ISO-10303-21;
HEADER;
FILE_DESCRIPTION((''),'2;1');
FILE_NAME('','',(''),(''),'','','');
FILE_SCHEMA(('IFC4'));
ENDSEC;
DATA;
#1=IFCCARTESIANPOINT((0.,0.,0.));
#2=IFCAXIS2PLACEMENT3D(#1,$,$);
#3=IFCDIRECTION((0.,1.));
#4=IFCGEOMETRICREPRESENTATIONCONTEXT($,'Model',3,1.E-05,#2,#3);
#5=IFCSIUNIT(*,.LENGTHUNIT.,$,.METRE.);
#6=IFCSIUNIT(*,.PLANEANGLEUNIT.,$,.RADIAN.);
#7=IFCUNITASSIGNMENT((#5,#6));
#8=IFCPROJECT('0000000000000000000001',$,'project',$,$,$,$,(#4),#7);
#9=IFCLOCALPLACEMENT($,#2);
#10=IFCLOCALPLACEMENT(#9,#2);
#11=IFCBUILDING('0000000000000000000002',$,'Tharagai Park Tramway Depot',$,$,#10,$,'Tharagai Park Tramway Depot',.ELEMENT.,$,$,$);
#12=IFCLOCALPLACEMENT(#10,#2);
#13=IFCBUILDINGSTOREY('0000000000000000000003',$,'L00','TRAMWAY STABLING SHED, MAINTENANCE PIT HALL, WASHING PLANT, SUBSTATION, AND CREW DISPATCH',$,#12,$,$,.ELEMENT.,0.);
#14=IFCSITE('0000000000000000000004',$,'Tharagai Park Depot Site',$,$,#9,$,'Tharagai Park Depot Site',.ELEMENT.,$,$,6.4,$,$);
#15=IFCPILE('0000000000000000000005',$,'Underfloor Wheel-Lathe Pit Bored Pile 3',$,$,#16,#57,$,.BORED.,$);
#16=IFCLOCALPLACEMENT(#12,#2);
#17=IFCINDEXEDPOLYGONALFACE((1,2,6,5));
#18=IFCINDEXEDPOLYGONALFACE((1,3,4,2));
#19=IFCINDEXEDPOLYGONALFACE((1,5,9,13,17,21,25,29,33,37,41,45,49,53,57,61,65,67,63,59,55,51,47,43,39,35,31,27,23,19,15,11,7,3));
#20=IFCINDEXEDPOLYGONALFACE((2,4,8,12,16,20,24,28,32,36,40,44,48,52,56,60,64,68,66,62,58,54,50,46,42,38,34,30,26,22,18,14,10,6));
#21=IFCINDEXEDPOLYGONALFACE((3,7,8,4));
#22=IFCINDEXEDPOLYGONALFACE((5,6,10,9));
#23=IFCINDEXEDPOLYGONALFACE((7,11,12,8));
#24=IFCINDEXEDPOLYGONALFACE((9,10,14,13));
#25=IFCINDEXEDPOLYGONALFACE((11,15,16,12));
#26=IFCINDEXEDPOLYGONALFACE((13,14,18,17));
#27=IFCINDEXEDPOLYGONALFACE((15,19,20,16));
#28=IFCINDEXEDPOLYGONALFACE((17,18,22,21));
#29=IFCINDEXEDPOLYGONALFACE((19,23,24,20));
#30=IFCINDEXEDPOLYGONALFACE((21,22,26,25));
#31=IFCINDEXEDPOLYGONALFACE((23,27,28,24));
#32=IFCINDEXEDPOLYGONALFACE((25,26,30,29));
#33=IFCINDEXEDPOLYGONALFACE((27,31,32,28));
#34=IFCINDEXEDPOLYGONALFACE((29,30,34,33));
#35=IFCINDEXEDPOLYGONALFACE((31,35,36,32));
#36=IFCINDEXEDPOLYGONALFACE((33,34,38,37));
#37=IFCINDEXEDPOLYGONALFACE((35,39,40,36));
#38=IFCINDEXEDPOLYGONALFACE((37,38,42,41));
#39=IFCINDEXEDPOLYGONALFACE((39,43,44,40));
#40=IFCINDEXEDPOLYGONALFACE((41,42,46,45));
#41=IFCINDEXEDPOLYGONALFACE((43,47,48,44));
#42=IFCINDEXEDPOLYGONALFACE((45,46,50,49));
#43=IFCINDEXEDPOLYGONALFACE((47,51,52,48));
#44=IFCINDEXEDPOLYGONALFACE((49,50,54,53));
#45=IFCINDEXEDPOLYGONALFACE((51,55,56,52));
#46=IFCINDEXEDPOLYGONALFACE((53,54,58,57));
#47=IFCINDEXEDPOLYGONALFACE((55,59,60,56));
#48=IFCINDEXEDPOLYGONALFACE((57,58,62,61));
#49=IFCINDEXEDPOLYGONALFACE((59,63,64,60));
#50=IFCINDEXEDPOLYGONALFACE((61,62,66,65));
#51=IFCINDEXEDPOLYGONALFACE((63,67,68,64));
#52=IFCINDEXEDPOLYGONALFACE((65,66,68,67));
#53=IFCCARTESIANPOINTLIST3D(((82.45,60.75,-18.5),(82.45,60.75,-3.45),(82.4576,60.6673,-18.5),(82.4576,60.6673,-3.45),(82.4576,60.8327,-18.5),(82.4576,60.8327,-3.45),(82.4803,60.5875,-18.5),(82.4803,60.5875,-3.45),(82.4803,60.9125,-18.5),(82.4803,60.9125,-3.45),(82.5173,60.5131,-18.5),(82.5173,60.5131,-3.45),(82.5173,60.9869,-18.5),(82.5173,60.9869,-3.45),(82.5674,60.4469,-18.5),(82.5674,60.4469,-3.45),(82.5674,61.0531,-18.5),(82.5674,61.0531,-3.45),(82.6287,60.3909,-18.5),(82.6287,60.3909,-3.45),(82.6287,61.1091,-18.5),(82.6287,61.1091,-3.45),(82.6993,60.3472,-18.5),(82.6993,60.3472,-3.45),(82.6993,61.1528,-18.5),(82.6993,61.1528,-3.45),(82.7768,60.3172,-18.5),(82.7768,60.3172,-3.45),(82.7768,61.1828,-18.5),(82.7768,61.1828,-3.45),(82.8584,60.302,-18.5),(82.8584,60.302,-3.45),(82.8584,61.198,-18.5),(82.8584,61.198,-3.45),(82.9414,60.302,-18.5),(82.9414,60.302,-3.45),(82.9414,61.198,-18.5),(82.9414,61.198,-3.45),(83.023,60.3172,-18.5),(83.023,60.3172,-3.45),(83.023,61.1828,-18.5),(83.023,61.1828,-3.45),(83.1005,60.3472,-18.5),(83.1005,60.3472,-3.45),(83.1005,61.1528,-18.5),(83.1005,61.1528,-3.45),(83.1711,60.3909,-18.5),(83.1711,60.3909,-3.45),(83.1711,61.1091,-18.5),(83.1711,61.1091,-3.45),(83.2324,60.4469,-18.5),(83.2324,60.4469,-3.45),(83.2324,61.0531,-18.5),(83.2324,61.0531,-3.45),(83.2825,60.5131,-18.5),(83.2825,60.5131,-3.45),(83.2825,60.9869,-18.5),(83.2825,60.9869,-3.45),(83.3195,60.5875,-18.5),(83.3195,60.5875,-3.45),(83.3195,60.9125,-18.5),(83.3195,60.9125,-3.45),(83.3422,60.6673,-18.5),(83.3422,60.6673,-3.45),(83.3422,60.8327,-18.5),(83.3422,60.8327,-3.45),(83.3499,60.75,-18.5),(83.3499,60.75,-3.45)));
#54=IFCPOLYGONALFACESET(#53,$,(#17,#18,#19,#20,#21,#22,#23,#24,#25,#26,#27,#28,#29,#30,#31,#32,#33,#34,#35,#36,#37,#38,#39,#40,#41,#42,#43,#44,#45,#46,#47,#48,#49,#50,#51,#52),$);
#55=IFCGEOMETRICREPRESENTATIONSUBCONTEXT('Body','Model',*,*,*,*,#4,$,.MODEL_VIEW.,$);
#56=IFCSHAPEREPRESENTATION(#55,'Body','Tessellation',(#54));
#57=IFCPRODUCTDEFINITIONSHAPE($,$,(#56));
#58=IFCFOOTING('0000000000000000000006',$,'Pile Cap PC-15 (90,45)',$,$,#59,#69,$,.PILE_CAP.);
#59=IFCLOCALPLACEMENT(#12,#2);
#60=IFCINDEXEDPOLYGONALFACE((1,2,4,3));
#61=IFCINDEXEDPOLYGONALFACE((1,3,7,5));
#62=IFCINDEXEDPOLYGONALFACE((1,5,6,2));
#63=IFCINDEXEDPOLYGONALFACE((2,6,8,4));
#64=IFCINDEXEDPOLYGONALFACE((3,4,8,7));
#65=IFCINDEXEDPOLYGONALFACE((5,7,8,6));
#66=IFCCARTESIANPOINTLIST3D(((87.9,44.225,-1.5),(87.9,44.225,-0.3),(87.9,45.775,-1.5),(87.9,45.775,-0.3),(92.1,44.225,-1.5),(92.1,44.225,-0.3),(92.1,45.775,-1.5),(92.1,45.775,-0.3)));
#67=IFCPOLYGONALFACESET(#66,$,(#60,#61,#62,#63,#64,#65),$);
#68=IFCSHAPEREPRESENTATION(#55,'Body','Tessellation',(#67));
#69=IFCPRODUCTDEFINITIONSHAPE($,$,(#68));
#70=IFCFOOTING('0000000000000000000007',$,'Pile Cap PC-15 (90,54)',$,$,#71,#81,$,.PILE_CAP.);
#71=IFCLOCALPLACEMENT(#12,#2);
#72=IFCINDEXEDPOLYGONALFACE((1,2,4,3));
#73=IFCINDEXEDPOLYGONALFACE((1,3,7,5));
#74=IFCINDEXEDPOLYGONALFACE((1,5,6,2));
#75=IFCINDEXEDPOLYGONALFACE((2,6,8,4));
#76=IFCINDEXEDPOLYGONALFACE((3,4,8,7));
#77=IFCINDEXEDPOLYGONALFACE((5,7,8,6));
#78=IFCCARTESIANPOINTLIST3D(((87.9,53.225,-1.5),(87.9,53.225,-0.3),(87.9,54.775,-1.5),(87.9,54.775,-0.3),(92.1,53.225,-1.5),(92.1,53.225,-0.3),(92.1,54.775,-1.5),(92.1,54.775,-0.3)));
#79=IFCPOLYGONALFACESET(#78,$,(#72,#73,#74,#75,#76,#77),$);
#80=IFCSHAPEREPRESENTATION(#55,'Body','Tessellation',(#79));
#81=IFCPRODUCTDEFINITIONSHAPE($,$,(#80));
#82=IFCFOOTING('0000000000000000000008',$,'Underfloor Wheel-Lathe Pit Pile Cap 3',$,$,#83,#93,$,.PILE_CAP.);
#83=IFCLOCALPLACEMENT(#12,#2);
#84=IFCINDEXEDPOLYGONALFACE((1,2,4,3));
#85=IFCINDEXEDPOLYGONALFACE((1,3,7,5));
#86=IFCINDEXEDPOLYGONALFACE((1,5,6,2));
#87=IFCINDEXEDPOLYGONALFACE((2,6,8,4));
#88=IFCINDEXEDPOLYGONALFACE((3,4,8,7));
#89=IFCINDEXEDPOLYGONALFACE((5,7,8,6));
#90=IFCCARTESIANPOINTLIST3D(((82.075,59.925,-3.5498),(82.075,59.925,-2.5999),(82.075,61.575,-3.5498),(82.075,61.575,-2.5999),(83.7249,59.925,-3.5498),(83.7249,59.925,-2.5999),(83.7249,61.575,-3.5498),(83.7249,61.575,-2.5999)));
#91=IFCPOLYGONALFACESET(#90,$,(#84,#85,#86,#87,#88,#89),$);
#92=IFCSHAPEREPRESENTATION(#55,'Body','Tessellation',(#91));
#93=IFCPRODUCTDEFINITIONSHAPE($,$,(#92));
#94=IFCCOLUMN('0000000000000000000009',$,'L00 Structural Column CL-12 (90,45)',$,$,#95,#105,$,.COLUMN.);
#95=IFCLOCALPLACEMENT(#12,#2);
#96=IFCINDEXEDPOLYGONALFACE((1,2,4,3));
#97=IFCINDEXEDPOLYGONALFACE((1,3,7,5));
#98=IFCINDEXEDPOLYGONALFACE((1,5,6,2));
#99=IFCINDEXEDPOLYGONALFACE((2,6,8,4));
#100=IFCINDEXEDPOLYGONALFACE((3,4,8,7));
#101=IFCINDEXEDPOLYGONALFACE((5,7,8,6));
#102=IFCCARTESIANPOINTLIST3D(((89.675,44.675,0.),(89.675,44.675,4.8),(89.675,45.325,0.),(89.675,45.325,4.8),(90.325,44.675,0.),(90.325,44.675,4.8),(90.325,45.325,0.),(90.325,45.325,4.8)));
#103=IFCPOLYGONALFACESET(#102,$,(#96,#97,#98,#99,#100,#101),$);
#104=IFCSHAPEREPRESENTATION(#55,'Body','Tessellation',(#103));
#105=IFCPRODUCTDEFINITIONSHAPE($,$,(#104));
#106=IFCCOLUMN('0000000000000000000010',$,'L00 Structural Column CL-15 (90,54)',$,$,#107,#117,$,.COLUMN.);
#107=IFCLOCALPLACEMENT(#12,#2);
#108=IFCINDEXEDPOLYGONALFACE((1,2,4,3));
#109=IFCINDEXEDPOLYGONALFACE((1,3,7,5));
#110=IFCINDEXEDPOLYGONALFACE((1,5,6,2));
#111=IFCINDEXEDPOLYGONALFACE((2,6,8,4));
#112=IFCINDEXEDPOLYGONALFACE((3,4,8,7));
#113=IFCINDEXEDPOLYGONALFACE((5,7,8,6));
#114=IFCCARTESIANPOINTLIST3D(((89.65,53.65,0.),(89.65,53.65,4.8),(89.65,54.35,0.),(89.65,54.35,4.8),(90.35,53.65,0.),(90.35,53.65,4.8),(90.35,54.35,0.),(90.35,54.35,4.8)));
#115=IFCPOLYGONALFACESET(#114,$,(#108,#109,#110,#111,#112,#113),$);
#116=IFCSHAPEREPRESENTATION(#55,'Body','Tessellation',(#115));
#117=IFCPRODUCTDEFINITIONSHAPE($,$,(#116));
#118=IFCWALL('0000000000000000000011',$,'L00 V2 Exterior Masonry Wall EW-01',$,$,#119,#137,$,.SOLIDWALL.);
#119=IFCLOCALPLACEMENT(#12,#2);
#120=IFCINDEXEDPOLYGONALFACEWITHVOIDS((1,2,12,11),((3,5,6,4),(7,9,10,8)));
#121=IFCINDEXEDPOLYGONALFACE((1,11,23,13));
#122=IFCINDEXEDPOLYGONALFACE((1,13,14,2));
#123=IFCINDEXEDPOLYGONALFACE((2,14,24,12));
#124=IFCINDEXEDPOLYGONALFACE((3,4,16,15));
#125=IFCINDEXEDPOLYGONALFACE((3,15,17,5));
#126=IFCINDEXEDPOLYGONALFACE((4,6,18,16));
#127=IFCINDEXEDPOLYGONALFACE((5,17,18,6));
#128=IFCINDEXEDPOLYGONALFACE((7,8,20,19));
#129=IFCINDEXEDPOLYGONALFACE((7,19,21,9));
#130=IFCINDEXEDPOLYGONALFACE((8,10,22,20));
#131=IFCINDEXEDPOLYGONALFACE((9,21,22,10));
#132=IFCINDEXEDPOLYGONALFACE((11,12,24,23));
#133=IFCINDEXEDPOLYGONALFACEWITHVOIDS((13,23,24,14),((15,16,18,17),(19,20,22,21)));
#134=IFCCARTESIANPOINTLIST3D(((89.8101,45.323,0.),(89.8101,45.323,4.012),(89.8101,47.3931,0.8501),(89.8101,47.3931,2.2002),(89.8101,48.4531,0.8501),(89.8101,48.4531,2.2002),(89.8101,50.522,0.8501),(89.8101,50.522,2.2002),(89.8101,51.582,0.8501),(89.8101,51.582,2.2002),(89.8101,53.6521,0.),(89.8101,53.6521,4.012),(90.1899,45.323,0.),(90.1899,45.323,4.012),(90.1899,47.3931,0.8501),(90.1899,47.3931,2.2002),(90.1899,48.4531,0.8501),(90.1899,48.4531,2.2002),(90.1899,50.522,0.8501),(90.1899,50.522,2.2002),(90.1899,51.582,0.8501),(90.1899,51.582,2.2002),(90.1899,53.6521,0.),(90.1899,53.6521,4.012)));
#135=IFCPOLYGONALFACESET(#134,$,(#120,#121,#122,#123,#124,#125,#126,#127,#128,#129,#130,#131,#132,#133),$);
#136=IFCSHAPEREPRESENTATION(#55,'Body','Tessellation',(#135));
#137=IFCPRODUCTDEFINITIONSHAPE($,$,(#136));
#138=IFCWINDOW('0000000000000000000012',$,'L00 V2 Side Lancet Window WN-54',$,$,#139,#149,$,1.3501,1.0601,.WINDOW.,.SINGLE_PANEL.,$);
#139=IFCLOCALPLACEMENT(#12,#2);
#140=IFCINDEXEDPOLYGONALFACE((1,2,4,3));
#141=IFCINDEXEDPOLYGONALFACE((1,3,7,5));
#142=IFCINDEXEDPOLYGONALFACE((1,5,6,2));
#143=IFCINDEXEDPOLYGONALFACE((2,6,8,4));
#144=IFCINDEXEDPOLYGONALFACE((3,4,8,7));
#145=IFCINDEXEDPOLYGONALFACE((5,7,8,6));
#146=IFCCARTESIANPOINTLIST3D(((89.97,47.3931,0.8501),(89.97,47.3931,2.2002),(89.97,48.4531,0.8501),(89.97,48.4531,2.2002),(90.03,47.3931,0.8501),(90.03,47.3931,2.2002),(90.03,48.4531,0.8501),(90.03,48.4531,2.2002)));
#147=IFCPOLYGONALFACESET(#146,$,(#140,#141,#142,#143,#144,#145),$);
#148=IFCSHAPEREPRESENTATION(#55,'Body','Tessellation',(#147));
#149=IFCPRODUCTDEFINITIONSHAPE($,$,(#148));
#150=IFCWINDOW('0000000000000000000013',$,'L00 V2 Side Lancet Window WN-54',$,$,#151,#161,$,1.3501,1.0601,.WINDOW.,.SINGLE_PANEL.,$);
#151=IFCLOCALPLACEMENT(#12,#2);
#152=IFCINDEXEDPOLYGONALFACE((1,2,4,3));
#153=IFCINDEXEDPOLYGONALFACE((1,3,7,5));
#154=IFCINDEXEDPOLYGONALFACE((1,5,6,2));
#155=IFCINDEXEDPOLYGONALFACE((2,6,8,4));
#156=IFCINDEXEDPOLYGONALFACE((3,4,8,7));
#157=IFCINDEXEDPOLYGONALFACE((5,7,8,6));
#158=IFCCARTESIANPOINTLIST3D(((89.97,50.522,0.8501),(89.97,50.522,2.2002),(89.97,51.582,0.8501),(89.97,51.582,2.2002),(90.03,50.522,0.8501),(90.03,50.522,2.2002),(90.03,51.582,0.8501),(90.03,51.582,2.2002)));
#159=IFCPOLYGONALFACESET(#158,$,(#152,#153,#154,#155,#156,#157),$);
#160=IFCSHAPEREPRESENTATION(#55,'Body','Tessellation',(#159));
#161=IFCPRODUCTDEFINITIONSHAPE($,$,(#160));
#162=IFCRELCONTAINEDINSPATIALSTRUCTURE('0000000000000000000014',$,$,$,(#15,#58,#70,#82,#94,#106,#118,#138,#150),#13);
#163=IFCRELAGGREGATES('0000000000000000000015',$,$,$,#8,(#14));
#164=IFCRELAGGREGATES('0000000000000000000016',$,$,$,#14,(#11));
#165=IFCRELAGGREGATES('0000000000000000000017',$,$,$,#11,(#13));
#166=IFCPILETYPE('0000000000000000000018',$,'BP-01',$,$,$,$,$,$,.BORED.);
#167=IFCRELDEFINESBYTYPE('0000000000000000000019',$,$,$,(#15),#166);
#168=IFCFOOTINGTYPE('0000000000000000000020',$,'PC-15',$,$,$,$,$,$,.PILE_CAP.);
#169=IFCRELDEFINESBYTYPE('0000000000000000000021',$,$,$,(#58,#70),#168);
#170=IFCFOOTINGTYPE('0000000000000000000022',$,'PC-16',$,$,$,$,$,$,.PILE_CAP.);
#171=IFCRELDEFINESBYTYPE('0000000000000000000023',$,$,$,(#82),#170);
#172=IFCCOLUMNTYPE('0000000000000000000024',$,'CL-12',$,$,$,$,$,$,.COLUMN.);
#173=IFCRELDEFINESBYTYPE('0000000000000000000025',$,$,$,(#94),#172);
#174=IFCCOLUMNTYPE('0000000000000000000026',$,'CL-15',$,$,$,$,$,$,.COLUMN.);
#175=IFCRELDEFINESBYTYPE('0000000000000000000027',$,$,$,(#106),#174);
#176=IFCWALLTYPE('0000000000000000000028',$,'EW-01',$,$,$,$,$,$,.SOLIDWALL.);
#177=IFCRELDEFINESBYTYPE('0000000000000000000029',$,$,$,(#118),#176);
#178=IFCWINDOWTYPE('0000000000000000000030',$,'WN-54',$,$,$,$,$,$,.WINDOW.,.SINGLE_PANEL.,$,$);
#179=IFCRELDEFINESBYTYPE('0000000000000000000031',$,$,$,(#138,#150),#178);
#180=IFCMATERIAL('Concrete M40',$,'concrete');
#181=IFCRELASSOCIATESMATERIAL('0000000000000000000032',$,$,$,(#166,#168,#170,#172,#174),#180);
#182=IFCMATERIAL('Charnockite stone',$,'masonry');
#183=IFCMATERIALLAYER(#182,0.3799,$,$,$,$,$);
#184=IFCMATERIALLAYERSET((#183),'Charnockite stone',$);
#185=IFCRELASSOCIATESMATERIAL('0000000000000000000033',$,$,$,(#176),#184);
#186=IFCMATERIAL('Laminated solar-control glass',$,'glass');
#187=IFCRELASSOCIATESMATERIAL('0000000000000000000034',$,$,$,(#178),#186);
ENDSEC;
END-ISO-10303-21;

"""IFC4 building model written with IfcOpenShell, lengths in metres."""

from ifc_helpers import new_model, si_unit, direction, frame, frame_2d, origin, origin_2d, place, context, subcontext, project, spatial, rectangle, circle, extrude, material, layer, layer_set, material_profile, profile_set, type_object, element, fill, save


model = new_model("IFC4")

# Units and contexts
model_context = context("Model", 3, precision=1e-05, world=origin(), true_north=direction((0.0, 1.0)))
body_context = subcontext(model_context, "Body", "Model", "MODEL_VIEW")
ifc_project = project(units=[si_unit("LENGTHUNIT", "METRE"), si_unit("PLANEANGLEUNIT", "RADIAN")], contexts=[model_context])

# Site, building, storey
site_placement = place(None, origin())
site = spatial("IfcSite", under=ifc_project, at=site_placement, Name="Tharagai Park Depot Site", LongName="Tharagai Park Depot Site", CompositionType="ELEMENT", RefElevation=6.4)
building_placement = place(site_placement, origin())
building = spatial("IfcBuilding", under=site, at=building_placement, Name="Tharagai Park Tramway Depot", LongName="Tharagai Park Tramway Depot", CompositionType="ELEMENT")
storey_placement = place(building_placement, origin())
storey = spatial("IfcBuildingStorey", under=building, at=storey_placement, Name="L00", Description="TRAMWAY STABLING SHED, MAINTENANCE PIT HALL, WASHING PLANT, SUBSTATION, AND CREW DISPATCH", CompositionType="ELEMENT", Elevation=0.0)

# Pile
ifc_material_1 = material(Name="Concrete M40", Category="concrete")
ifc_material_profile_1 = material_profile(ifc_material_1, circle(Radius=0.45, at=origin_2d()), Name="PILE D900")
ifc_profile_set_1 = profile_set([ifc_material_profile_1], Name="Concrete M40")
pile_type = type_object("IfcPileType", Name="BP-01", PredefinedType="BORED", material=ifc_profile_set_1)
pile_placement = place(storey_placement, frame((82.8999, 60.75, -3.45), z_axis=(0.0, 0.0, -1.0), x_axis=(1.0, 0.0, 0.0)))
element("IfcPile", 1, at=pile_placement, inside=storey, type_object=pile_type, Name="Underfloor Wheel-Lathe Pit Bored Pile 3", PredefinedType="BORED", context=body_context, shape_type="SweptSolid", body=[
    extrude(circle(Radius=0.45, at=origin_2d()), origin(), (0.0, 0.0, 1.0), 15.05),
])

# Footings
footing_type_1 = type_object("IfcFootingType", Name="PC-15", PredefinedType="PILE_CAP", material=ifc_material_1)
for number, where, z_axis, x_axis, name in (
    (2, (90.0, 45.0, -1.5), (0.0, 0.0, 1.0), (1.0, 0.0, 0.0), "Pile Cap PC-15 (90,45)"),
    (3, (90.0, 54.0, -1.5), (0.0, 0.0, 1.0), (1.0, 0.0, 0.0), "Pile Cap PC-15 (90,54)"),
):
    element("IfcFooting", number, at=place(storey_placement, frame(where, z_axis=z_axis, x_axis=x_axis)), inside=storey, type_object=footing_type_1, Name=name, PredefinedType="PILE_CAP", context=body_context, shape_type="SweptSolid", body=[
        extrude(rectangle(XDim=4.2, YDim=1.55, at=origin_2d()), origin(), (0.0, 0.0, 1.0), 1.2),
    ])
footing_type_2 = type_object("IfcFootingType", Name="PC-16", PredefinedType="PILE_CAP", material=ifc_material_1)
footing_placement = place(storey_placement, frame((82.8999, 60.75, -3.5498), z_axis=(0.0, 0.0, 1.0), x_axis=(1.0, 0.0, 0.0)))
element("IfcFooting", 4, at=footing_placement, inside=storey, type_object=footing_type_2, Name="Underfloor Wheel-Lathe Pit Pile Cap 3", PredefinedType="PILE_CAP", context=body_context, shape_type="SweptSolid", body=[
    extrude(rectangle(XDim=1.6499, YDim=1.6499, at=origin_2d()), origin(), (0.0, 0.0, 1.0), 0.95),
])

# Columns
ifc_material_profile_2 = material_profile(ifc_material_1, rectangle(XDim=0.6499, YDim=0.6499, at=origin_2d()), Name="RC 650x650")
ifc_profile_set_2 = profile_set([ifc_material_profile_2], Name="Concrete M40")
column_type_1 = type_object("IfcColumnType", Name="CL-12", PredefinedType="COLUMN", material=ifc_profile_set_2)
column_1_placement = place(storey_placement, frame((90.0, 45.0, 0.0), z_axis=(0.0, 0.0, 1.0), x_axis=(1.0, 0.0, 0.0)))
element("IfcColumn", 5, at=column_1_placement, inside=storey, type_object=column_type_1, Name="L00 Structural Column CL-12 (90,45)", PredefinedType="COLUMN", context=body_context, shape_type="SweptSolid", body=[
    extrude(rectangle(XDim=0.6499, YDim=0.6499, at=origin_2d()), origin(), (0.0, 0.0, 1.0), 4.8),
])
ifc_material_profile_3 = material_profile(ifc_material_1, rectangle(XDim=0.7, YDim=0.7, at=origin_2d()), Name="RC 700x700")
ifc_profile_set_3 = profile_set([ifc_material_profile_3], Name="Concrete M40")
column_type_2 = type_object("IfcColumnType", Name="CL-15", PredefinedType="COLUMN", material=ifc_profile_set_3)
column_2_placement = place(storey_placement, frame((90.0, 54.0, 0.0), z_axis=(0.0, 0.0, 1.0), x_axis=(1.0, 0.0, 0.0)))
element("IfcColumn", 6, at=column_2_placement, inside=storey, type_object=column_type_2, Name="L00 Structural Column CL-15 (90,54)", PredefinedType="COLUMN", context=body_context, shape_type="SweptSolid", body=[
    extrude(rectangle(XDim=0.7, YDim=0.7, at=origin_2d()), origin(), (0.0, 0.0, 1.0), 4.8),
])

# Wall, openings, windows
ifc_material_2 = material(Name="Charnockite stone", Category="masonry")
ifc_layer_1 = layer(ifc_material_2, 0.3799)
ifc_layer_set_1 = layer_set([ifc_layer_1], Name="Charnockite stone")
wall_type_1 = type_object("IfcWallType", Name="EW-01", PredefinedType="SOLIDWALL", material=ifc_layer_set_1)
wall_1_placement = place(storey_placement, frame((90.0, 45.323, 0.0), z_axis=(0.0, 0.0, 1.0), x_axis=(0.0, 1.0, 0.0)))
wall_1 = element("IfcWall", 7, at=wall_1_placement, inside=storey, type_object=wall_type_1, Name="L00 V2 Exterior Masonry Wall EW-01", PredefinedType="SOLIDWALL", context=body_context, shape_type="SweptSolid", body=[
    extrude(rectangle(XDim=8.3291, YDim=0.3799, at=frame_2d((4.1646, 0.0))), origin(), (0.0, 0.0, 1.0), 4.012),
])
opening_1_placement = place(wall_1_placement, frame((2.0701, 0.0, 0.8501)))
opening_1 = element("IfcOpeningElement", 8, at=opening_1_placement, cuts=wall_1, PredefinedType="OPENING", context=body_context, shape_type="SweptSolid", body=[
    extrude(rectangle(XDim=1.0601, YDim=1.3501, at=frame_2d((0.53, 0.675))), frame((0.0, 0.2, 0.0), z_axis=(0.0, -1.0, 0.0), x_axis=(1.0, 0.0, 0.0)), (0.0, 0.0, 1.0), 0.3999),
])
opening_2_placement = place(wall_1_placement, frame((5.199, 0.0, 0.8501)))
opening_2 = element("IfcOpeningElement", 9, at=opening_2_placement, cuts=wall_1, PredefinedType="OPENING", context=body_context, shape_type="SweptSolid", body=[
    extrude(rectangle(XDim=1.0601, YDim=1.3501, at=frame_2d((0.53, 0.675))), frame((0.0, 0.2, 0.0), z_axis=(0.0, -1.0, 0.0), x_axis=(1.0, 0.0, 0.0)), (0.0, 0.0, 1.0), 0.3999),
])
ifc_material_3 = material(Name="Laminated solar-control glass", Category="glass")
window_type = type_object("IfcWindowType", Name="WN-54", PartitioningType="SINGLE_PANEL", PredefinedType="WINDOW", material=ifc_material_3)
window_1_placement = place(opening_1_placement, origin())
window_1 = element("IfcWindow", 10, at=window_1_placement, inside=storey, type_object=window_type, Name="L00 V2 Side Lancet Window WN-54", OverallHeight=1.3501, OverallWidth=1.0601, PartitioningType="SINGLE_PANEL", PredefinedType="WINDOW", context=body_context, shape_type="SweptSolid", body=[
    extrude(rectangle(XDim=1.0601, YDim=1.3501, at=frame_2d((0.53, 0.675))), frame((0.0, 0.03, 0.0), z_axis=(0.0, -1.0, 0.0), x_axis=(1.0, 0.0, 0.0)), (0.0, 0.0, 1.0), 0.0601),
])
fill(opening_1, window_1)
window_2_placement = place(opening_2_placement, origin())
window_2 = element("IfcWindow", 11, at=window_2_placement, inside=storey, type_object=window_type, Name="L00 V2 Side Lancet Window WN-54", OverallHeight=1.3501, OverallWidth=1.0601, PartitioningType="SINGLE_PANEL", PredefinedType="WINDOW", context=body_context, shape_type="SweptSolid", body=[
    extrude(rectangle(XDim=1.0601, YDim=1.3501, at=frame_2d((0.53, 0.675))), frame((0.0, 0.03, 0.0), z_axis=(0.0, -1.0, 0.0), x_axis=(1.0, 0.0, 0.0)), (0.0, 0.0, 1.0), 0.0601),
])
fill(opening_2, window_2)

save(model, "model.ifc")
